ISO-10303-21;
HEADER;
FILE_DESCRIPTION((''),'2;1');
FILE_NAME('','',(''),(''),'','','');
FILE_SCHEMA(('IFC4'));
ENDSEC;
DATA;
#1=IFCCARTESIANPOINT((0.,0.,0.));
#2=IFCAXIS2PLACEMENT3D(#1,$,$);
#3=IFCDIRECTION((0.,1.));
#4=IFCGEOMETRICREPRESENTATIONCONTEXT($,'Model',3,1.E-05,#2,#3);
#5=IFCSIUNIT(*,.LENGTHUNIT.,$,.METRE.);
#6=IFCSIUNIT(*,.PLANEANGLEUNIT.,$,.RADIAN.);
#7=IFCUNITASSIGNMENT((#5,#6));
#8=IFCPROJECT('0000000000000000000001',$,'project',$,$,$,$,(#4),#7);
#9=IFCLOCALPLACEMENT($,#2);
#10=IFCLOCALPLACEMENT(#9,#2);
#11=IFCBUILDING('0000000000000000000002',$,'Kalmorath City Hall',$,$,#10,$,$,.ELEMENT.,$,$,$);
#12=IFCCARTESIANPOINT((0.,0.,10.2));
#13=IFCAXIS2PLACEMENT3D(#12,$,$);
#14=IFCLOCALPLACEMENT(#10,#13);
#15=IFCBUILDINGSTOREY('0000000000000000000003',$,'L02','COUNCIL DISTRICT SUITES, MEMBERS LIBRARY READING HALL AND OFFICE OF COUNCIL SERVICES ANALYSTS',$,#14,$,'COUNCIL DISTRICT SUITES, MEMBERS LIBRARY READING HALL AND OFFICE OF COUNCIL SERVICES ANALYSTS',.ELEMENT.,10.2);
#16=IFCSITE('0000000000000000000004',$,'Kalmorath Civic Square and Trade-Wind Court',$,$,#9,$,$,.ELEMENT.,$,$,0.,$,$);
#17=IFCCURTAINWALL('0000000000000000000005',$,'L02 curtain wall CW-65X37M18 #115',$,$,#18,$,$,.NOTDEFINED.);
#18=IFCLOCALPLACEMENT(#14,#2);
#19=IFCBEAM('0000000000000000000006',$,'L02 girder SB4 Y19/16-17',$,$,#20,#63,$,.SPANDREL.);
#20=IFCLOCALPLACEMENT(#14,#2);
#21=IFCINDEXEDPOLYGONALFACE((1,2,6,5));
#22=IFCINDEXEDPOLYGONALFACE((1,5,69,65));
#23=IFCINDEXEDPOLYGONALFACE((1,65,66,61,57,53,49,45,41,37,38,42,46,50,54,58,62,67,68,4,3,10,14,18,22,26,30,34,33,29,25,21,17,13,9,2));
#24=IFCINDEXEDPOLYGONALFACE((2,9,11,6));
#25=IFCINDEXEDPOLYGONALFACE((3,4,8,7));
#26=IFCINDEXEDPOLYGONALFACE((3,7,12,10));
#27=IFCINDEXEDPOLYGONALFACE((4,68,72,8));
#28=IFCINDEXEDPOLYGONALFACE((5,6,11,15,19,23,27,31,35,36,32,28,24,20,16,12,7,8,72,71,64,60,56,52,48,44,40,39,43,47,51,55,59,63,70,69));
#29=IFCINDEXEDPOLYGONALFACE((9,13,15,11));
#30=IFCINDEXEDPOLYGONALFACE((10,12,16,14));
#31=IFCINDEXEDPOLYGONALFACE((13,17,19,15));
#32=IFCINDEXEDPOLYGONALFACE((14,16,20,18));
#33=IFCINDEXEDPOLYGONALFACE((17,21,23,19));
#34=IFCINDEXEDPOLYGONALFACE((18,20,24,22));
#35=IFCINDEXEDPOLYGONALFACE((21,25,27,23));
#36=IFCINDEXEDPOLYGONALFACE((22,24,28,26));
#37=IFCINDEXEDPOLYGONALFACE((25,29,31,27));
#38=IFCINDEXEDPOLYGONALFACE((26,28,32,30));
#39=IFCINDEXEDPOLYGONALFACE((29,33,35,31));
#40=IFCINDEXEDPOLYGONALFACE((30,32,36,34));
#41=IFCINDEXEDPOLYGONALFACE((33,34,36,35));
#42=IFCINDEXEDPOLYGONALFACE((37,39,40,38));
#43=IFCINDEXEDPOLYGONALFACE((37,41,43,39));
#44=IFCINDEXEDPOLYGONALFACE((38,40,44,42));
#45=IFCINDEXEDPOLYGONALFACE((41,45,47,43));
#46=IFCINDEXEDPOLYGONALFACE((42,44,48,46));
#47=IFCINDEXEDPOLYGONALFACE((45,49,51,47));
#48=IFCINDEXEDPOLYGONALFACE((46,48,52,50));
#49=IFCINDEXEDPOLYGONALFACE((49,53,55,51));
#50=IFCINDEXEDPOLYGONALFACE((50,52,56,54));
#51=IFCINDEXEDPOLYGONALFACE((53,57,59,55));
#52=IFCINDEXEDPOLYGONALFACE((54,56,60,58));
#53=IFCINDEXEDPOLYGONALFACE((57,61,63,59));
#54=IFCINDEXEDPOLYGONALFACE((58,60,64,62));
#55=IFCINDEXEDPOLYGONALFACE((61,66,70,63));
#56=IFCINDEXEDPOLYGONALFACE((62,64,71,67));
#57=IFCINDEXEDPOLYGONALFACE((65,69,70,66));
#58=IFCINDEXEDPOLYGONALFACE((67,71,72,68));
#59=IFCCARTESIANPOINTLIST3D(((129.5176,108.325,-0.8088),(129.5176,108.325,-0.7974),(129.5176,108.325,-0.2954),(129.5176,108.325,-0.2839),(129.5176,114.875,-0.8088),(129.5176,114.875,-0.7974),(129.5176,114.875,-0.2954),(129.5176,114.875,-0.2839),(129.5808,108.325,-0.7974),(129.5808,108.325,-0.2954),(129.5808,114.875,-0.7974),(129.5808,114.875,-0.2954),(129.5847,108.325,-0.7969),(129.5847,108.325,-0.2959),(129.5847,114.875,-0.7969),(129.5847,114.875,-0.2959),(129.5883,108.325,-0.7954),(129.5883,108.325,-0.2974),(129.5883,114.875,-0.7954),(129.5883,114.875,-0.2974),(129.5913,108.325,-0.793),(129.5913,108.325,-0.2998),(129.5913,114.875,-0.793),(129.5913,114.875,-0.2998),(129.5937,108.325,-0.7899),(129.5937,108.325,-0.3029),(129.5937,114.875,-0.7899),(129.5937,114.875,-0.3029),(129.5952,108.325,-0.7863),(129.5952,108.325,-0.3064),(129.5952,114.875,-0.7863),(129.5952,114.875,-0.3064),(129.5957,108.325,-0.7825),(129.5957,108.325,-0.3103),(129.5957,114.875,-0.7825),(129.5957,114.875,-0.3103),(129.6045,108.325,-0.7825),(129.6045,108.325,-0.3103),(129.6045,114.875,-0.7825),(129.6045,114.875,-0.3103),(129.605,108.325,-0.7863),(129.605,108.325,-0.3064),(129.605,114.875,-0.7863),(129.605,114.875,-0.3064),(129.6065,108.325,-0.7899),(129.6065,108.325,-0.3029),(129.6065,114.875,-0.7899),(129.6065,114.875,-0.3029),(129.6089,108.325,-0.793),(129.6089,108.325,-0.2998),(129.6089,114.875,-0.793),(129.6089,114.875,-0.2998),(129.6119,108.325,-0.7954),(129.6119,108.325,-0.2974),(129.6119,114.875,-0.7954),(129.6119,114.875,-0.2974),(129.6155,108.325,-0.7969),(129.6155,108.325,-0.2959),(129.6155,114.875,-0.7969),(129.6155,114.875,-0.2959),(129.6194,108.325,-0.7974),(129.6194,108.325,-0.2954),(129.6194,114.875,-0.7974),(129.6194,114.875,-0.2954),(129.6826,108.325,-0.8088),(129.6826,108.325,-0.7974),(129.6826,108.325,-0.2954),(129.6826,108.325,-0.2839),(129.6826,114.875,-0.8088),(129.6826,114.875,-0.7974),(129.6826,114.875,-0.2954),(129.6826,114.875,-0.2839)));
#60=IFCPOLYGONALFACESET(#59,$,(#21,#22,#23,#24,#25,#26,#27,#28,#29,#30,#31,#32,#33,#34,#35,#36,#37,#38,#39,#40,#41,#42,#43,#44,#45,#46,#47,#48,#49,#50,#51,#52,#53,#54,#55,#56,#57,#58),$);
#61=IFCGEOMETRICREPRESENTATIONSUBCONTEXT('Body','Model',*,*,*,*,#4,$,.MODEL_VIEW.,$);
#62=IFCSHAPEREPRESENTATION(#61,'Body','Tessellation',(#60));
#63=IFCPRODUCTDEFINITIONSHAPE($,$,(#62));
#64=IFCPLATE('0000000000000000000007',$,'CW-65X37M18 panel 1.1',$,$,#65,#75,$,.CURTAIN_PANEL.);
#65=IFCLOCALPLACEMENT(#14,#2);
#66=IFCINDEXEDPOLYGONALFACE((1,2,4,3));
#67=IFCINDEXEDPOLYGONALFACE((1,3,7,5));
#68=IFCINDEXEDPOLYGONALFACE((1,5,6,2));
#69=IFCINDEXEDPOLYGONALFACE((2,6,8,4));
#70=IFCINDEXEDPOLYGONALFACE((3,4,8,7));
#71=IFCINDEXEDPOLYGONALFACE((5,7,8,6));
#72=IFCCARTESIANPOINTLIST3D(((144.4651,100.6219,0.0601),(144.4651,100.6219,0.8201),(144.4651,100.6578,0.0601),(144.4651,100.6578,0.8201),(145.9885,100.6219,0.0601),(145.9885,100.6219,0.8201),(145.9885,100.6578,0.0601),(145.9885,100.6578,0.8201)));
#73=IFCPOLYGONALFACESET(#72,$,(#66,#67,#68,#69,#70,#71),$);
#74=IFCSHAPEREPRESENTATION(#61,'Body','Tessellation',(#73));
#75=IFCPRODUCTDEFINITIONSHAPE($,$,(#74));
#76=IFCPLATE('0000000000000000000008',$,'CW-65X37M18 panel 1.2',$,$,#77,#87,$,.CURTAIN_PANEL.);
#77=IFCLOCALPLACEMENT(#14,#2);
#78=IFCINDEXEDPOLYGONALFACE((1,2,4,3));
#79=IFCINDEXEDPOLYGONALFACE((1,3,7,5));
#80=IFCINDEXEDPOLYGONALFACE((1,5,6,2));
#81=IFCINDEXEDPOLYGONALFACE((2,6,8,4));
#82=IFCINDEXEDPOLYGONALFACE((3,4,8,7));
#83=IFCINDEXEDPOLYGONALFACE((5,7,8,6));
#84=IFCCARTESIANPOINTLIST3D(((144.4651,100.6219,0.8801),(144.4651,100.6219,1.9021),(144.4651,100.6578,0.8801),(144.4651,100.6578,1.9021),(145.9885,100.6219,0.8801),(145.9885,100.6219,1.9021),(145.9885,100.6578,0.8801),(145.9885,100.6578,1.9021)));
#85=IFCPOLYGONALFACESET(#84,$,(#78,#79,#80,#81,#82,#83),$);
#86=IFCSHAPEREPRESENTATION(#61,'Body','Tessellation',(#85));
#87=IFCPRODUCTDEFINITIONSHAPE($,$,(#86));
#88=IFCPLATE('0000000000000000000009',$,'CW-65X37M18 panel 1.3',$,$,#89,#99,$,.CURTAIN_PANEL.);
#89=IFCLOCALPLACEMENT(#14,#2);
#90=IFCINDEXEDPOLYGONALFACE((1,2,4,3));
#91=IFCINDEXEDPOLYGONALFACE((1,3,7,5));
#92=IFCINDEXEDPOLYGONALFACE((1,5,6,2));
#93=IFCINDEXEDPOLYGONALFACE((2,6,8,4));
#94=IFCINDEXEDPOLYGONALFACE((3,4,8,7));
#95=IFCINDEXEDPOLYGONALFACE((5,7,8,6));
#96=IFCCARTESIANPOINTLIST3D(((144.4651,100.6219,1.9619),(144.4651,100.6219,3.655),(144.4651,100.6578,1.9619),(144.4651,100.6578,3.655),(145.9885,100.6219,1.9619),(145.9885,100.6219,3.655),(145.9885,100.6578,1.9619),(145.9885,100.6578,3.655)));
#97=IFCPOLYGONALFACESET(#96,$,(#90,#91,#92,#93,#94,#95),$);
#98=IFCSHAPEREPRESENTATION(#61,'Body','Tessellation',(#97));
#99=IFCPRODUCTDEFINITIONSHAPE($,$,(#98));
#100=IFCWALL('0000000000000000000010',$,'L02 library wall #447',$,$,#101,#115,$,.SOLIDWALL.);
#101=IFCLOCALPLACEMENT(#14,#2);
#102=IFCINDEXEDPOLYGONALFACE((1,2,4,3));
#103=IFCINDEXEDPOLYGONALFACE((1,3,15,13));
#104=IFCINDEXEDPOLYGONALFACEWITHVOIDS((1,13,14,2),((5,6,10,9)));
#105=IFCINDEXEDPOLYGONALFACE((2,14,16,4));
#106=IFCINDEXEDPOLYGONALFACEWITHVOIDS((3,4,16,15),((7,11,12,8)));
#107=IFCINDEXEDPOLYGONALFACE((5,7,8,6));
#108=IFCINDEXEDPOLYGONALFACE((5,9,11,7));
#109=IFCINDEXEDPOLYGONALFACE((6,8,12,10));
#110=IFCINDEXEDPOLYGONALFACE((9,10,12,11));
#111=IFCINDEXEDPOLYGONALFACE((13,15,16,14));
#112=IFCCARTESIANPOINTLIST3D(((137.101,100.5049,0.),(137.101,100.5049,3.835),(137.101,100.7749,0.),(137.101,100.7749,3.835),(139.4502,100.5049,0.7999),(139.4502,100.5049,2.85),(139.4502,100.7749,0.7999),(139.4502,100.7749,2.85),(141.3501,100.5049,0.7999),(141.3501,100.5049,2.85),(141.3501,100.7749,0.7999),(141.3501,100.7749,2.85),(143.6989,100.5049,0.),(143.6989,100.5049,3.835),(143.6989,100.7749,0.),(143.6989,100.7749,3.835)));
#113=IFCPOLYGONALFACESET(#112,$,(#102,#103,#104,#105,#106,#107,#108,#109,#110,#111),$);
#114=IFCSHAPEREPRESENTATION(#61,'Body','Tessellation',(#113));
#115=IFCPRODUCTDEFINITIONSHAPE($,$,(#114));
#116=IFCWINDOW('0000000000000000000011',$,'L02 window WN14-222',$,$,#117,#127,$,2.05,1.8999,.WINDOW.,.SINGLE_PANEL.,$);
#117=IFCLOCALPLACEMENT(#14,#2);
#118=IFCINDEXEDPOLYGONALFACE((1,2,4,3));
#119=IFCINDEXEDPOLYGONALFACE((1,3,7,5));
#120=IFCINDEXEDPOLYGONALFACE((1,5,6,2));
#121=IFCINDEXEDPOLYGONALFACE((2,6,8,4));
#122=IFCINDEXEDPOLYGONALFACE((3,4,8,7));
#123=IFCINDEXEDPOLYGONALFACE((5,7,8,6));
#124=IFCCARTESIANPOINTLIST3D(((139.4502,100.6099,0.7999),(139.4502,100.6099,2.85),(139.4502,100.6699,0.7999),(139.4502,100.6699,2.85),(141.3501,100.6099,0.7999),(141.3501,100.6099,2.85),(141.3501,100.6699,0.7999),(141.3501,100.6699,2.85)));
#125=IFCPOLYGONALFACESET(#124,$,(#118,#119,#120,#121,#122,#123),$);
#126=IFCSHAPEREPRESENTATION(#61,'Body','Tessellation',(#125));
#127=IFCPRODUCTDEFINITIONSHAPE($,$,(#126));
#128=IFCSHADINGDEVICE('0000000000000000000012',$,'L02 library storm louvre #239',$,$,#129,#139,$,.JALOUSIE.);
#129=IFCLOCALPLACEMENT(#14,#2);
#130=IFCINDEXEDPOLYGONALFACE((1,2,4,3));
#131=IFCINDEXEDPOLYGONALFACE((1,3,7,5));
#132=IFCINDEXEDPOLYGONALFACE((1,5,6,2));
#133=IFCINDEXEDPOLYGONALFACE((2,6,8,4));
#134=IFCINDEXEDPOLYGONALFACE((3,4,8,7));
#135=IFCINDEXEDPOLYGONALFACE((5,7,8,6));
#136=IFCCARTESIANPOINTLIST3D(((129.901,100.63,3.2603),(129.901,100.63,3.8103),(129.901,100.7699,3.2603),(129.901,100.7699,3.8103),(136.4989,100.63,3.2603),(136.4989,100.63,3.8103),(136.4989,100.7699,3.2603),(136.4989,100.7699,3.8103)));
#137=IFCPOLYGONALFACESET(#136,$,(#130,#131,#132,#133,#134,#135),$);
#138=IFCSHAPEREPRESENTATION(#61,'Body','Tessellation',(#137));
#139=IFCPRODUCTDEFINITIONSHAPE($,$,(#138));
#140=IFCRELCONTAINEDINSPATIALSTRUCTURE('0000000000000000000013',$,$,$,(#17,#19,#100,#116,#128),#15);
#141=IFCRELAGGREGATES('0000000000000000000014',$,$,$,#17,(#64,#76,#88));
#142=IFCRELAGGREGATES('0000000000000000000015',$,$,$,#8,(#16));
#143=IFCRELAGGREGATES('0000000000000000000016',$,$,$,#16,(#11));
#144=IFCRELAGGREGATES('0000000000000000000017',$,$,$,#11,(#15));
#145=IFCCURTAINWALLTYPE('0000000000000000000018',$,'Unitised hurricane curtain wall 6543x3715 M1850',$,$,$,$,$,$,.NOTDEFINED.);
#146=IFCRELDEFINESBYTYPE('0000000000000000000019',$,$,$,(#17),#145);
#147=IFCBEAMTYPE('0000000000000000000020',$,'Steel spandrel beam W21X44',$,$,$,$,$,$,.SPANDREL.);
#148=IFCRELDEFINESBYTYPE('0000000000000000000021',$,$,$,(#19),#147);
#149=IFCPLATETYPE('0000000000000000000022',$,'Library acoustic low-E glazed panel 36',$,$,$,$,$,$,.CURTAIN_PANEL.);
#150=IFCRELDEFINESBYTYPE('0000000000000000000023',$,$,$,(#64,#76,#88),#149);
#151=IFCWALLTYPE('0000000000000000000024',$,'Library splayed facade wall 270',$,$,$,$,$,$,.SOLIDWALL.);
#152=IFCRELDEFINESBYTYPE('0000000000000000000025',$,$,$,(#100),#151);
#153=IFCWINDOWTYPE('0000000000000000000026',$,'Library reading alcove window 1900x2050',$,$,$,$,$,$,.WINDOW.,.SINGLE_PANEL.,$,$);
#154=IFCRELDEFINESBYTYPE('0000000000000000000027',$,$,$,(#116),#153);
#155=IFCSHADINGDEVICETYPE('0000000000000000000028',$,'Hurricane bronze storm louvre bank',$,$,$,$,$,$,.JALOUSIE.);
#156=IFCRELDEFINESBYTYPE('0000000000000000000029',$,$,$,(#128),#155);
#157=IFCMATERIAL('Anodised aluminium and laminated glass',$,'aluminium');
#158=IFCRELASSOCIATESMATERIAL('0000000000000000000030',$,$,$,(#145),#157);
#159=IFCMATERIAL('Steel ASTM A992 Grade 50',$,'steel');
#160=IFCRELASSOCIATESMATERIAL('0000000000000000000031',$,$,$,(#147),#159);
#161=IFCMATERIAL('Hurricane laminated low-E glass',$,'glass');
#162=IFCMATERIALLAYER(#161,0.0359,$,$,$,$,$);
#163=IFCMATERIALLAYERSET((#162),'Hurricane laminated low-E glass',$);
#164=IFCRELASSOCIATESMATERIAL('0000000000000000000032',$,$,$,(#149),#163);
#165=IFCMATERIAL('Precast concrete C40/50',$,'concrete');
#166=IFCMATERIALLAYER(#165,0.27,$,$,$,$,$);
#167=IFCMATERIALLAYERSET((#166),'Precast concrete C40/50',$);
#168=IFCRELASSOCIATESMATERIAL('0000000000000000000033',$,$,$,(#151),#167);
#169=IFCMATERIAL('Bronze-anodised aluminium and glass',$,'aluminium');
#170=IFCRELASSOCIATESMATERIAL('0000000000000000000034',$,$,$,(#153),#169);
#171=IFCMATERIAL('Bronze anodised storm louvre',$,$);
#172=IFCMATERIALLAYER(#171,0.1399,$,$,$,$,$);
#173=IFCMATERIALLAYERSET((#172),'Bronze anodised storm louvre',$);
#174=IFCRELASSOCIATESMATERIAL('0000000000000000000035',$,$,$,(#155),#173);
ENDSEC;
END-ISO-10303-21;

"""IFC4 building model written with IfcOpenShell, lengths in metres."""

from ifc_helpers import new_model, si_unit, direction, frame, frame_2d, origin, origin_2d, place, context, subcontext, project, spatial, rectangle, i_section, extrude, material, layer, layer_set, material_profile, profile_set, type_object, element, fill, aggregate, save


model = new_model("IFC4")

# Units and contexts
model_context = context("Model", 3, precision=1e-05, world=origin(), true_north=direction((0.0, 1.0)))
body_context = subcontext(model_context, "Body", "Model", "MODEL_VIEW")
ifc_project = project(units=[si_unit("LENGTHUNIT", "METRE"), si_unit("PLANEANGLEUNIT", "RADIAN")], contexts=[model_context])

# Site, building, storey
site_placement = place(None, origin())
site = spatial("IfcSite", under=ifc_project, at=site_placement, Name="Kalmorath Civic Square and Trade-Wind Court", CompositionType="ELEMENT", RefElevation=0.0)
building_placement = place(site_placement, origin())
building = spatial("IfcBuilding", under=site, at=building_placement, Name="Kalmorath City Hall", CompositionType="ELEMENT")
storey_placement = place(building_placement, frame((0.0, 0.0, 10.2)))
storey = spatial("IfcBuildingStorey", under=building, at=storey_placement, Name="L02", Description="COUNCIL DISTRICT SUITES, MEMBERS LIBRARY READING HALL AND OFFICE OF COUNCIL SERVICES ANALYSTS", LongName="COUNCIL DISTRICT SUITES, MEMBERS LIBRARY READING HALL AND OFFICE OF COUNCIL SERVICES ANALYSTS", CompositionType="ELEMENT", Elevation=10.2)

# Curtain wall
ifc_material_1 = material(Name="Anodised aluminium and laminated glass", Category="aluminium")
curtain_wall_type = type_object("IfcCurtainWallType", Name="Unitised hurricane curtain wall 6543x3715 M1850", PredefinedType="NOTDEFINED", material=ifc_material_1)
curtain_wall_placement = place(storey_placement, origin())
curtain_wall = element("IfcCurtainWall", 1, at=curtain_wall_placement, inside=storey, type_object=curtain_wall_type, Name="L02 curtain wall CW-65X37M18 #115", PredefinedType="NOTDEFINED")

# Beam
ifc_material_2 = material(Name="Steel ASTM A992 Grade 50", Category="steel")
ifc_material_profile_1 = material_profile(ifc_material_2, i_section(OverallWidth=0.165, OverallDepth=0.5249, WebThickness=0.0088, FlangeThickness=0.0115, FilletRadius=0.0149, at=origin_2d()), Name="W21X44")
ifc_profile_set_1 = profile_set([ifc_material_profile_1], Name="Steel ASTM A992 Grade 50")
beam_type_1 = type_object("IfcBeamType", Name="Steel spandrel beam W21X44", PredefinedType="SPANDREL", material=ifc_profile_set_1)
for number, where, z_axis, x_axis, name in (
    (2, (129.6001, 108.325, -0.5464), (0.0, 1.0, 0.0), (-1.0, 0.0, 0.0), "L02 girder SB4 Y19/16-17"),
):
    element("IfcBeam", number, at=place(storey_placement, frame(where, z_axis=z_axis, x_axis=x_axis)), inside=storey, type_object=beam_type_1, Name=name, PredefinedType="SPANDREL", context=body_context, shape_type="SweptSolid", body=[
        extrude(i_section(OverallWidth=0.165, OverallDepth=0.5249, WebThickness=0.0088, FlangeThickness=0.0115, FilletRadius=0.0149, at=origin_2d()), origin(), (0.0, 0.0, 1.0), 6.55),
    ])

# Plates
ifc_material_3 = material(Name="Hurricane laminated low-E glass", Category="glass")
ifc_layer_1 = layer(ifc_material_3, 0.0359)
ifc_layer_set_1 = layer_set([ifc_layer_1], Name="Hurricane laminated low-E glass")
plate_type = type_object("IfcPlateType", Name="Library acoustic low-E glazed panel 36", PredefinedType="CURTAIN_PANEL", material=ifc_layer_set_1)
plate_1_placement = place(storey_placement, frame((145.2268, 100.6399, 0.0601), z_axis=(0.0, 0.0, 1.0), x_axis=(1.0, 0.0, 0.0)))
plate_1 = element("IfcPlate", 3, at=plate_1_placement, type_object=plate_type, Name="CW-65X37M18 panel 1.1", PredefinedType="CURTAIN_PANEL", context=body_context, shape_type="SweptSolid", body=[
    extrude(rectangle(XDim=1.5234, YDim=0.0359, at=origin_2d()), origin(), (0.0, 0.0, 1.0), 0.76),
])
plate_2_placement = place(storey_placement, frame((145.2268, 100.6399, 0.8801), z_axis=(0.0, 0.0, 1.0), x_axis=(1.0, 0.0, 0.0)))
plate_2 = element("IfcPlate", 4, at=plate_2_placement, type_object=plate_type, Name="CW-65X37M18 panel 1.2", PredefinedType="CURTAIN_PANEL", context=body_context, shape_type="SweptSolid", body=[
    extrude(rectangle(XDim=1.5234, YDim=0.0359, at=origin_2d()), origin(), (0.0, 0.0, 1.0), 1.022),
])
plate_3_placement = place(storey_placement, frame((145.2268, 100.6399, 1.9619), z_axis=(0.0, 0.0, 1.0), x_axis=(1.0, 0.0, 0.0)))
plate_3 = element("IfcPlate", 5, at=plate_3_placement, type_object=plate_type, Name="CW-65X37M18 panel 1.3", PredefinedType="CURTAIN_PANEL", context=body_context, shape_type="SweptSolid", body=[
    extrude(rectangle(XDim=1.5234, YDim=0.0359, at=origin_2d()), origin(), (0.0, 0.0, 1.0), 1.6931),
])
aggregate(curtain_wall, [plate_1, plate_2, plate_3])

# Wall, opening, window
ifc_material_4 = material(Name="Precast concrete C40/50", Category="concrete")
ifc_layer_2 = layer(ifc_material_4, 0.27)
ifc_layer_set_2 = layer_set([ifc_layer_2], Name="Precast concrete C40/50")
wall_type = type_object("IfcWallType", Name="Library splayed facade wall 270", PredefinedType="SOLIDWALL", material=ifc_layer_set_2)
wall_placement = place(storey_placement, frame((137.1011, 100.6399, 0.0), z_axis=(0.0, 0.0, 1.0), x_axis=(1.0, 0.0, 0.0)))
wall = element("IfcWall", 6, at=wall_placement, inside=storey, type_object=wall_type, Name="L02 library wall #447", PredefinedType="SOLIDWALL", context=body_context, shape_type="SweptSolid", body=[
    extrude(rectangle(XDim=6.5979, YDim=0.27, at=frame_2d((3.2988, 0.0))), origin(), (0.0, 0.0, 1.0), 3.835),
])
opening_placement = place(wall_placement, frame((2.3491, 0.0, 0.8)))
opening = element("IfcOpeningElement", 7, at=opening_placement, cuts=wall, PredefinedType="OPENING", context=body_context, shape_type="SweptSolid", body=[
    extrude(rectangle(XDim=1.8999, YDim=2.05, at=frame_2d((0.95, 1.0249))), frame((0.0, 0.145, 0.0), z_axis=(0.0, -1.0, 0.0), x_axis=(1.0, 0.0, 0.0)), (0.0, 0.0, 1.0), 0.29),
])
ifc_material_5 = material(Name="Bronze-anodised aluminium and glass", Category="aluminium")
window_type = type_object("IfcWindowType", Name="Library reading alcove window 1900x2050", PartitioningType="SINGLE_PANEL", PredefinedType="WINDOW", material=ifc_material_5)
window_placement = place(opening_placement, origin())
window = element("IfcWindow", 8, at=window_placement, inside=storey, type_object=window_type, Name="L02 window WN14-222", OverallHeight=2.05, OverallWidth=1.8999, PartitioningType="SINGLE_PANEL", PredefinedType="WINDOW", context=body_context, shape_type="SweptSolid", body=[
    extrude(rectangle(XDim=1.8999, YDim=2.05, at=frame_2d((0.95, 1.0249))), frame((0.0, 0.03, 0.0), z_axis=(0.0, -1.0, 0.0), x_axis=(1.0, 0.0, 0.0)), (0.0, 0.0, 1.0), 0.0601),
])
fill(opening, window)

# Shading device
ifc_material_6 = material(Name="Bronze anodised storm louvre")
ifc_layer_3 = layer(ifc_material_6, 0.1399)
ifc_layer_set_3 = layer_set([ifc_layer_3], Name="Bronze anodised storm louvre")
shading_device_type = type_object("IfcShadingDeviceType", Name="Hurricane bronze storm louvre bank", PredefinedType="JALOUSIE", material=ifc_layer_set_3)
shading_device_placement = place(storey_placement, frame((133.2, 100.7, 3.2603), z_axis=(0.0, 0.0, 1.0), x_axis=(1.0, 0.0, 0.0)))
element("IfcShadingDevice", 9, at=shading_device_placement, inside=storey, type_object=shading_device_type, Name="L02 library storm louvre #239", PredefinedType="JALOUSIE", context=body_context, shape_type="SweptSolid", body=[
    extrude(rectangle(XDim=6.5979, YDim=0.1399, at=origin_2d()), origin(), (0.0, 0.0, 1.0), 0.55),
])

save(model, "model.ifc")
